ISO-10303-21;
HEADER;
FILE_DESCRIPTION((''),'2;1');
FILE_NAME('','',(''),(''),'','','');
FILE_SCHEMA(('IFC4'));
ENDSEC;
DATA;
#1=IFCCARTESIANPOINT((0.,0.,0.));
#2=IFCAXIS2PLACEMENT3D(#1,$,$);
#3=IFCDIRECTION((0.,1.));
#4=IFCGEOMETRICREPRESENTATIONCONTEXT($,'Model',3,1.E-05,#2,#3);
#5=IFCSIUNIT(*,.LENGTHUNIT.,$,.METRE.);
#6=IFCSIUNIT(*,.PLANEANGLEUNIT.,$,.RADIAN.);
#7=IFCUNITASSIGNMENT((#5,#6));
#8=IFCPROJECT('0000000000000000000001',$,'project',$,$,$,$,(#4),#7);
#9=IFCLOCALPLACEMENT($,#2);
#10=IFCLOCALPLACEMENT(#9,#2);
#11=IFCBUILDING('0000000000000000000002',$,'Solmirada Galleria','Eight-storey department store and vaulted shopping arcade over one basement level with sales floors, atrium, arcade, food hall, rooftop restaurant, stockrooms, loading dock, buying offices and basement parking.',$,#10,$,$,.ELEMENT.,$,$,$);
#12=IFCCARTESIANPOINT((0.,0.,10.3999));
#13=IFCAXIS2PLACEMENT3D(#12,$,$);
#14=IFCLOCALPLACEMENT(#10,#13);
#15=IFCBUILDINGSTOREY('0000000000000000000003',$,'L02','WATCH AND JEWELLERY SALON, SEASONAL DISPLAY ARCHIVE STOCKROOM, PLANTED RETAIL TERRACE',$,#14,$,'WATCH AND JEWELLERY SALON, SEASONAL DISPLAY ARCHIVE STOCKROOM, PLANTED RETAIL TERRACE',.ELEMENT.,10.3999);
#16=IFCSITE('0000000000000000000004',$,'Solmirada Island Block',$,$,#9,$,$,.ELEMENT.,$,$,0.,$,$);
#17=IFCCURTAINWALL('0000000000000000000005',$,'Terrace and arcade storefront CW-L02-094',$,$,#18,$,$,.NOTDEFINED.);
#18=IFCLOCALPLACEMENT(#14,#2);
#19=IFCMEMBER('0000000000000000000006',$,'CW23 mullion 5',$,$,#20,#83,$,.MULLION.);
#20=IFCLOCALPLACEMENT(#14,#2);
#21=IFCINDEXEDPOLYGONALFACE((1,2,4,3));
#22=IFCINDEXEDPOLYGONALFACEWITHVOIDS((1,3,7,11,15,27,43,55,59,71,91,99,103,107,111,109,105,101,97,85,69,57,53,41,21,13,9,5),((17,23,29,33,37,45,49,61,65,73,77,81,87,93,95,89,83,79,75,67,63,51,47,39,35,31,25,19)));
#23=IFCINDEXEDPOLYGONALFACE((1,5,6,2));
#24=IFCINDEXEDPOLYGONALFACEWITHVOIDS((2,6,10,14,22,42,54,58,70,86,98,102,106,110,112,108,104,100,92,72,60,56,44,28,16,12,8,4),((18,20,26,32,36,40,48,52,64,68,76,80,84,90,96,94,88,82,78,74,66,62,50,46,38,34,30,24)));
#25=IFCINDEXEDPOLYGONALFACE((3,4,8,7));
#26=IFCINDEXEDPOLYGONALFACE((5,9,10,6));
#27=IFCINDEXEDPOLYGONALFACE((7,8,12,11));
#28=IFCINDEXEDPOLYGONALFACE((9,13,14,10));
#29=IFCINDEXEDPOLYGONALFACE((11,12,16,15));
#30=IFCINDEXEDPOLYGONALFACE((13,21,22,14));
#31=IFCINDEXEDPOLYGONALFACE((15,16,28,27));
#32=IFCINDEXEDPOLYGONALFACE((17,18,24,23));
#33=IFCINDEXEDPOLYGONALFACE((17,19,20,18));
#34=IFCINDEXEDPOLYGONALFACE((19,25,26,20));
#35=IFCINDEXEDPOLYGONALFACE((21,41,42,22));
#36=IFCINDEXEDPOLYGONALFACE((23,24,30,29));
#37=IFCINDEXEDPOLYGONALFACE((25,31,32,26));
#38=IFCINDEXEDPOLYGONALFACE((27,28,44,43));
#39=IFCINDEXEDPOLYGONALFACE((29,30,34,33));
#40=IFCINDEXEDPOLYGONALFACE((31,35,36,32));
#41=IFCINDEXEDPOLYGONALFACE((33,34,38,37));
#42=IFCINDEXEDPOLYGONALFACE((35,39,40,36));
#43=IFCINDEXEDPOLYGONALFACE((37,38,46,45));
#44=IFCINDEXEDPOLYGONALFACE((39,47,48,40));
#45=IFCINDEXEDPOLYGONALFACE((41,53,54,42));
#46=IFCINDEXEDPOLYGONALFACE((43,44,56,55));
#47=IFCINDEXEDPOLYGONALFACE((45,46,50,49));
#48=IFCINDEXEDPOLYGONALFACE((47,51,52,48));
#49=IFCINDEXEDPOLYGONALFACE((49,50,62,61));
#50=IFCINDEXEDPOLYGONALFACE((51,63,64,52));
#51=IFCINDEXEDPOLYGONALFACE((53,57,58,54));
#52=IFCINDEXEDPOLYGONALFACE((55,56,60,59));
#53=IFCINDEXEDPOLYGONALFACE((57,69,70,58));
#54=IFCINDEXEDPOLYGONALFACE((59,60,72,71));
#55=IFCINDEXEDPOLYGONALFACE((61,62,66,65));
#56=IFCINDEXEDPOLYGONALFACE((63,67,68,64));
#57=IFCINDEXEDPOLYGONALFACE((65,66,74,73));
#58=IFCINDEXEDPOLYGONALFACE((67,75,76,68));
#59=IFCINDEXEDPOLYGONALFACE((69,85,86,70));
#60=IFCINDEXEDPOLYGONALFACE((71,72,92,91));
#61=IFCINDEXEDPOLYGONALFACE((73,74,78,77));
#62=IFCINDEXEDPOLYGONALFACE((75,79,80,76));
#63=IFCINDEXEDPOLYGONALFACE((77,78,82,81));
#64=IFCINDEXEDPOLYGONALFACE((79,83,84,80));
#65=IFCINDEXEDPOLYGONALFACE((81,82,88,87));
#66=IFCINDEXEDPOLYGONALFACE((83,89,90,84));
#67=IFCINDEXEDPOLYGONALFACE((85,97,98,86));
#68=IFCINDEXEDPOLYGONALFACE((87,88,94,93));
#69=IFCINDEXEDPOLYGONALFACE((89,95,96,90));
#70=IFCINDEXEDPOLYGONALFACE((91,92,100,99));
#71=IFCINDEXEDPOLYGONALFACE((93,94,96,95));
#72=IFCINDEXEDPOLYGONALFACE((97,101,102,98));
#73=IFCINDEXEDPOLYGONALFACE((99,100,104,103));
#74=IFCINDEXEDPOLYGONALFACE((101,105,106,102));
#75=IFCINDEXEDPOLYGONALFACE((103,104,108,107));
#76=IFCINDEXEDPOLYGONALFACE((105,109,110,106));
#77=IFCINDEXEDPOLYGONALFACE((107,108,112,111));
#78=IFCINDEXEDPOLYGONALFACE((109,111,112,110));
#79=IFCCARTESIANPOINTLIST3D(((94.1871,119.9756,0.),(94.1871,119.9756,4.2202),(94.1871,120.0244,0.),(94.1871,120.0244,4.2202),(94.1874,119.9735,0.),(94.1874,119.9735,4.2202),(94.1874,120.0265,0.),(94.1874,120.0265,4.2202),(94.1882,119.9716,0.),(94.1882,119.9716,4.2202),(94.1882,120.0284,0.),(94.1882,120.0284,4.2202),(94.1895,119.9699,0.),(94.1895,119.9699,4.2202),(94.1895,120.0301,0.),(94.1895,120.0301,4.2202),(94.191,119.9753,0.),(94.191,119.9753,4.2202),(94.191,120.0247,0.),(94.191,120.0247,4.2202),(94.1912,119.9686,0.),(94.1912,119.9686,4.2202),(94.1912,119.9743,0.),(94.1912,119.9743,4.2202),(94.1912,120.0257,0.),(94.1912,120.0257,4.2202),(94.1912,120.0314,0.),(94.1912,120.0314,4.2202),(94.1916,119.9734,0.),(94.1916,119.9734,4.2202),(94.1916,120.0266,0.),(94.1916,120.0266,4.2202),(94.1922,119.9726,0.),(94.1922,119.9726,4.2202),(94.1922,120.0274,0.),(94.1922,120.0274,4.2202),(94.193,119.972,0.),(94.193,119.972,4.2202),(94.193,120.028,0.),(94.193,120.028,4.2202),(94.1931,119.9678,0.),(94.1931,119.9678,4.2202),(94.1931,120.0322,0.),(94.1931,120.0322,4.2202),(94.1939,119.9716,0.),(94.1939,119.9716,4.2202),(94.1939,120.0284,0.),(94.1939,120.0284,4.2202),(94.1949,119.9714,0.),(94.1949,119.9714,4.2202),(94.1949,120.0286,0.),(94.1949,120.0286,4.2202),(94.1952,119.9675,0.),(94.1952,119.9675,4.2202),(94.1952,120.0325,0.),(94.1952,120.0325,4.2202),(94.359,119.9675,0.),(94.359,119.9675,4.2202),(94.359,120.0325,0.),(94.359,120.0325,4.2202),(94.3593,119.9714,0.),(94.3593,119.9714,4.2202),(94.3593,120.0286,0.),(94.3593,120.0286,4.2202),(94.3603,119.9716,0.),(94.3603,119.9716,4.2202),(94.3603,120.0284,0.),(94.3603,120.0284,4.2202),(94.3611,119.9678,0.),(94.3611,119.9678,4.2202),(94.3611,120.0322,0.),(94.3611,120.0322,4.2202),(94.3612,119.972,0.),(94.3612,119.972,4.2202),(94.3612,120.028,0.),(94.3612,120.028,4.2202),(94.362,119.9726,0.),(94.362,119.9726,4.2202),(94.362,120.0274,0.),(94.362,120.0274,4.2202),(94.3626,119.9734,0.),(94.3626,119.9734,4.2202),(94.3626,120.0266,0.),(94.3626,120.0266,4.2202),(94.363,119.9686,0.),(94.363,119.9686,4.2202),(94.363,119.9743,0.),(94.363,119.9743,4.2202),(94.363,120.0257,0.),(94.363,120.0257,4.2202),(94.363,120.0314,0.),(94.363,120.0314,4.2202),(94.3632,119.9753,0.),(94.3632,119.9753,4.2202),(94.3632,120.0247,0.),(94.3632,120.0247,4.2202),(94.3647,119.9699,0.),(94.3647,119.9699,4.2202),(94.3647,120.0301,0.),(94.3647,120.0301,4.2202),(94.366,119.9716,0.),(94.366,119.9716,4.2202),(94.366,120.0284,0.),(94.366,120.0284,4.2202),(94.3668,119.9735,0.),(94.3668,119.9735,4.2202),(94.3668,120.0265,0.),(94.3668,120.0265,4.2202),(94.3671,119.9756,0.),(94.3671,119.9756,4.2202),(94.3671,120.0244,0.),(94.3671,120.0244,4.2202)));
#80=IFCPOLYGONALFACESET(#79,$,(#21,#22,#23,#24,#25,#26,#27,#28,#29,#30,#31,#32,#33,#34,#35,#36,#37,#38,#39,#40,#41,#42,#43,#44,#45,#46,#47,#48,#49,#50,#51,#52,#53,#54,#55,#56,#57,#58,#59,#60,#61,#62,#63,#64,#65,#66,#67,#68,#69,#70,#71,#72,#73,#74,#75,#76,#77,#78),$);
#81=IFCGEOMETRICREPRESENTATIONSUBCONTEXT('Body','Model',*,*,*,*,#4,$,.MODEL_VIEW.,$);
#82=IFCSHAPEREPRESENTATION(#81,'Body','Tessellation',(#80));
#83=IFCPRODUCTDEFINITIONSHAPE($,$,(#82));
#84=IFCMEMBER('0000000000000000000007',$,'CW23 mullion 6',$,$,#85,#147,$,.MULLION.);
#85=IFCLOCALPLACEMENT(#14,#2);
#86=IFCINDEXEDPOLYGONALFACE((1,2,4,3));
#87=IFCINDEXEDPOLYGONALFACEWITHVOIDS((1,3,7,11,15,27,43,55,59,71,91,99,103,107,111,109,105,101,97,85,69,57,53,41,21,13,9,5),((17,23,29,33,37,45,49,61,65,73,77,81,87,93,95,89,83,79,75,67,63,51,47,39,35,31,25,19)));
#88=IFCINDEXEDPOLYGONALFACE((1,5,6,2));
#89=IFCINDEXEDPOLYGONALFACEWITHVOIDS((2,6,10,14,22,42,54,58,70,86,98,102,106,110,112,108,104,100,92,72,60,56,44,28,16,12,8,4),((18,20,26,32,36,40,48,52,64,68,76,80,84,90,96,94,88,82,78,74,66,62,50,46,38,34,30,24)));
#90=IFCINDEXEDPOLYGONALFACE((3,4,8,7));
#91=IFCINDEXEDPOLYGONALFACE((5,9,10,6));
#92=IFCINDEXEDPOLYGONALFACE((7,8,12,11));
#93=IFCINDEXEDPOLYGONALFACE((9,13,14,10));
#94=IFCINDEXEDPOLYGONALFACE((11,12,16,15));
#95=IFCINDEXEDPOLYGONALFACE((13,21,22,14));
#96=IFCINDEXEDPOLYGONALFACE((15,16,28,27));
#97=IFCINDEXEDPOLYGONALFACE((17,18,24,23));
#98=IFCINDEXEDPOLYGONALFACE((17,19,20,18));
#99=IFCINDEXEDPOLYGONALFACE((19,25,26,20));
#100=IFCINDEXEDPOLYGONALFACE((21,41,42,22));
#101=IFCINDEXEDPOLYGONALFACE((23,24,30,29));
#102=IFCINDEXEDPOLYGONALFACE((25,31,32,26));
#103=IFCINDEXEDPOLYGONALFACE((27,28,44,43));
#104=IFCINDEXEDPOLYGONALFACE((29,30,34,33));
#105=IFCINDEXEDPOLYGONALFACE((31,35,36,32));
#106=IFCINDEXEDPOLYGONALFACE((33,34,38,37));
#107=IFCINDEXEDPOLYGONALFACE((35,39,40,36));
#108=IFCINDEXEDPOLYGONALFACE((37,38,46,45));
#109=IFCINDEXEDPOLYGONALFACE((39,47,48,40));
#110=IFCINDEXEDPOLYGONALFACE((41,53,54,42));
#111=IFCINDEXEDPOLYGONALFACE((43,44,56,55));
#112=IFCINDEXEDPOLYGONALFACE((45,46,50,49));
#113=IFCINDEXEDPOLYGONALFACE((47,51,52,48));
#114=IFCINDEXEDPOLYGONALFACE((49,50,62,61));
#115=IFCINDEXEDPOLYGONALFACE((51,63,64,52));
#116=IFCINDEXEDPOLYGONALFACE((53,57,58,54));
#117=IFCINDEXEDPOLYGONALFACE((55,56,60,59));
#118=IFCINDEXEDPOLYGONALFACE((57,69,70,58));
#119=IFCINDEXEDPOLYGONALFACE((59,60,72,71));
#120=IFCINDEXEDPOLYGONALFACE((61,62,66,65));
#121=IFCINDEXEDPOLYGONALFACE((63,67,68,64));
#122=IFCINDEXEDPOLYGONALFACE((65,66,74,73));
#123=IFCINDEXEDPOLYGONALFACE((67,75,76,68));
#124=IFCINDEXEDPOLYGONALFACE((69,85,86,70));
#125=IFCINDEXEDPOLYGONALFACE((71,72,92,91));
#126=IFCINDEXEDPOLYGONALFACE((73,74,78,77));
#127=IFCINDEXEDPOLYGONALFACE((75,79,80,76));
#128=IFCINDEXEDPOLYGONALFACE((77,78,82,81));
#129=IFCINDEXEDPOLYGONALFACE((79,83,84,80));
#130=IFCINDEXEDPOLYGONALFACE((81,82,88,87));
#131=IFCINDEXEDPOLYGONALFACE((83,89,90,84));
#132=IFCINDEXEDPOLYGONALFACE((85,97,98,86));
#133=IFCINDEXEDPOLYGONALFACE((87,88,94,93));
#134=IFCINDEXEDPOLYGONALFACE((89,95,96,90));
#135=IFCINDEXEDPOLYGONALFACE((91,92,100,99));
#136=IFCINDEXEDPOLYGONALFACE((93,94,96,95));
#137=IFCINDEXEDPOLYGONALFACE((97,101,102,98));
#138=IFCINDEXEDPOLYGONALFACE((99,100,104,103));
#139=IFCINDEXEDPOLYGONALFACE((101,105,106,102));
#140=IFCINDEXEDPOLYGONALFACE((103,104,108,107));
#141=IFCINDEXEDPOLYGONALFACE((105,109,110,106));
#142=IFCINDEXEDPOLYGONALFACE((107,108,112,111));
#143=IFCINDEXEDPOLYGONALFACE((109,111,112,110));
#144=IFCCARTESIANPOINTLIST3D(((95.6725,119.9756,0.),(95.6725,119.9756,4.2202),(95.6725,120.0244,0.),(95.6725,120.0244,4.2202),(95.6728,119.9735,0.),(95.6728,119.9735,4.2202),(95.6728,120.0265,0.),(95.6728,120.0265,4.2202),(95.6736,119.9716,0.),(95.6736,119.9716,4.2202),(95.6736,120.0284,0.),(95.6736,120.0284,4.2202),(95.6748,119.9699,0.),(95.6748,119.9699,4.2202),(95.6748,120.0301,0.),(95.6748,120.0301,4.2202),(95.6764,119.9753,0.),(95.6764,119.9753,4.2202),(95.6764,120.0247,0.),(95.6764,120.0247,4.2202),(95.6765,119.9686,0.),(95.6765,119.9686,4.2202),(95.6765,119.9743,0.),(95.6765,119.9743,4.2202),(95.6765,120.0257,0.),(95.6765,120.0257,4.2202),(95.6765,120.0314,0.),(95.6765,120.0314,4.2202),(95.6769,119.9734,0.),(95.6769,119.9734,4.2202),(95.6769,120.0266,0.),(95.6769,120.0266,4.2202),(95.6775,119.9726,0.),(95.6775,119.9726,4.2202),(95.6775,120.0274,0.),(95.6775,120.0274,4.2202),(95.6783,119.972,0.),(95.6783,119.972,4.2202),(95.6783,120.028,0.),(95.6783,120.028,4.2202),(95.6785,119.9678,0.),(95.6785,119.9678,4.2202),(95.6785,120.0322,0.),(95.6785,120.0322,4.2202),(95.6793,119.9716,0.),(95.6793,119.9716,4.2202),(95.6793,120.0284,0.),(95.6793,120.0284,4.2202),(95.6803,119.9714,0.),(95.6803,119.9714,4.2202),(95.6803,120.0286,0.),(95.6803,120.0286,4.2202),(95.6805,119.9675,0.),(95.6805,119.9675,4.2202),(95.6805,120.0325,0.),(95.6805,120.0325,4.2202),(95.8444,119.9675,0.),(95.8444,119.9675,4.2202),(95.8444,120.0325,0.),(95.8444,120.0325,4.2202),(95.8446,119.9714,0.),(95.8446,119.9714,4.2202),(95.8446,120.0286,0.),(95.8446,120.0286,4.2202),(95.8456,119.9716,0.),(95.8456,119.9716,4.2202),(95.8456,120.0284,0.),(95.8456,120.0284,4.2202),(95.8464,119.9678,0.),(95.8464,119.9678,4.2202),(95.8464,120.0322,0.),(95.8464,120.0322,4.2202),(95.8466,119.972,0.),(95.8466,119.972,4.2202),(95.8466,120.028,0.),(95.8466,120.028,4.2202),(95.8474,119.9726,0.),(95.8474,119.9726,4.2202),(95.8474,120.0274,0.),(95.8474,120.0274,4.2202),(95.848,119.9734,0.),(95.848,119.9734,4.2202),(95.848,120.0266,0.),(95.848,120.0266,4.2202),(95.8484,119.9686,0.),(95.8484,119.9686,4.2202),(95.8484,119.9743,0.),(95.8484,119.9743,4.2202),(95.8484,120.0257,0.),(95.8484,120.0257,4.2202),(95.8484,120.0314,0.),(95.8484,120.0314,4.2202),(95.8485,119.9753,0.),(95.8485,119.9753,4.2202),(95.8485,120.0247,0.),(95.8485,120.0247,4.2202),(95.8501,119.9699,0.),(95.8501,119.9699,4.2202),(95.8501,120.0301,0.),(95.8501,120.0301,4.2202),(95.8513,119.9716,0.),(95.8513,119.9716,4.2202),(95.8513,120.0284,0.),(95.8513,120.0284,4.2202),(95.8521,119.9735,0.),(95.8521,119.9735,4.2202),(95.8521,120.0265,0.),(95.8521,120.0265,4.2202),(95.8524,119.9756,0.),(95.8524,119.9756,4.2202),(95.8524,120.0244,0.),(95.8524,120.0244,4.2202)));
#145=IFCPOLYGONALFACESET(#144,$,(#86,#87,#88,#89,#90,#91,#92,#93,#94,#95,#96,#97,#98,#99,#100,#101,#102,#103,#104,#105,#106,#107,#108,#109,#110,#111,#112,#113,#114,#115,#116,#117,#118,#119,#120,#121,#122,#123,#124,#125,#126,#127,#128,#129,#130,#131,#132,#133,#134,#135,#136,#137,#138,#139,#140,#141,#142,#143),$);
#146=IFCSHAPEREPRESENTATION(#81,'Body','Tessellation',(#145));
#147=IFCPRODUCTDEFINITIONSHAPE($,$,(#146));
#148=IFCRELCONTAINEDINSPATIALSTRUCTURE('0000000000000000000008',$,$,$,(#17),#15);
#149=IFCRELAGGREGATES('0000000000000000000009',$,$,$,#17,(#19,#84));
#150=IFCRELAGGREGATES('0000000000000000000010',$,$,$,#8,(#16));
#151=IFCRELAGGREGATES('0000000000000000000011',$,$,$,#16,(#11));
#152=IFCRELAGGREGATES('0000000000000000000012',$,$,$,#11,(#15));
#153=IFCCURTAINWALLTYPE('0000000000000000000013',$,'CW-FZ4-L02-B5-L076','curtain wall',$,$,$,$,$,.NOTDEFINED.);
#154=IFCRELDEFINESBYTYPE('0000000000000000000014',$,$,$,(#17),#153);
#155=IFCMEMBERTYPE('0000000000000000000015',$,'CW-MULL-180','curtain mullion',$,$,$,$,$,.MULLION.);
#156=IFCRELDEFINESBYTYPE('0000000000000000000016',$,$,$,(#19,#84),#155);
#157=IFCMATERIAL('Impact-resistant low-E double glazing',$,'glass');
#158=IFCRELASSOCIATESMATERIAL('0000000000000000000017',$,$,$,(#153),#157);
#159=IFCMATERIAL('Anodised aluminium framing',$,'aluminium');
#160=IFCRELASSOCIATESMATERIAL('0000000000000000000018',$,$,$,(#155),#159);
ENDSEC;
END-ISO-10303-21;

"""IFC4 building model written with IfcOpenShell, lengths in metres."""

from ifc_helpers import new_model, si_unit, direction, frame, origin, origin_2d, place, context, subcontext, project, spatial, hollow_rectangle, extrude, material, material_profile, profile_set, type_object, element, aggregate, save


model = new_model("IFC4")

# Units and contexts
model_context = context("Model", 3, precision=1e-05, world=origin(), true_north=direction((0.0, 1.0)))
body_context = subcontext(model_context, "Body", "Model", "MODEL_VIEW")
ifc_project = project(units=[si_unit("LENGTHUNIT", "METRE"), si_unit("PLANEANGLEUNIT", "RADIAN")], contexts=[model_context])

# Site, building, storey
site_placement = place(None, origin())
site = spatial("IfcSite", under=ifc_project, at=site_placement, Name="Solmirada Island Block", CompositionType="ELEMENT", RefElevation=0.0)
building_placement = place(site_placement, origin())
building = spatial("IfcBuilding", under=site, at=building_placement, Name="Solmirada Galleria", Description="Eight-storey department store and vaulted shopping arcade over one basement level with sales floors, atrium, arcade, food hall, rooftop restaurant, stockrooms, loading dock, buying offices and basement parking.", CompositionType="ELEMENT")
storey_placement = place(building_placement, frame((0.0, 0.0, 10.3999)))
storey = spatial("IfcBuildingStorey", under=building, at=storey_placement, Name="L02", Description="WATCH AND JEWELLERY SALON, SEASONAL DISPLAY ARCHIVE STOCKROOM, PLANTED RETAIL TERRACE", LongName="WATCH AND JEWELLERY SALON, SEASONAL DISPLAY ARCHIVE STOCKROOM, PLANTED RETAIL TERRACE", CompositionType="ELEMENT", Elevation=10.3999)

# Curtain wall, members
ifc_material_1 = material(Name="Impact-resistant low-E double glazing", Category="glass")
curtain_wall_type = type_object("IfcCurtainWallType", Name="CW-FZ4-L02-B5-L076", Description="curtain wall", PredefinedType="NOTDEFINED", material=ifc_material_1)
curtain_wall_1_placement = place(storey_placement, origin())
curtain_wall_1 = element("IfcCurtainWall", 1, at=curtain_wall_1_placement, inside=storey, type_object=curtain_wall_type, Name="Terrace and arcade storefront CW-L02-094", PredefinedType="NOTDEFINED")
ifc_material_2 = material(Name="Anodised aluminium framing", Category="aluminium")
ifc_material_profile_1 = material_profile(ifc_material_2, hollow_rectangle(XDim=0.0649, YDim=0.1799, WallThickness=0.0039, InnerFilletRadius=0.0039, OuterFilletRadius=0.0081, at=origin_2d()), Name="ALU-MULL-180X65")
ifc_profile_set_1 = profile_set([ifc_material_profile_1], Name="Anodised aluminium framing")
member_type_1 = type_object("IfcMemberType", Name="CW-MULL-180", Description="curtain mullion", PredefinedType="MULLION", material=ifc_profile_set_1)
member_1_placement = place(storey_placement, frame((94.2771, 120.0, 0.0), z_axis=(0.0, 0.0, 1.0), x_axis=(0.0, 1.0, 0.0)))
member_1 = element("IfcMember", 2, at=member_1_placement, type_object=member_type_1, Name="CW23 mullion 5", PredefinedType="MULLION", context=body_context, shape_type="SweptSolid", body=[
    extrude(hollow_rectangle(XDim=0.0649, YDim=0.1799, WallThickness=0.0039, InnerFilletRadius=0.0039, OuterFilletRadius=0.0081, at=origin_2d()), origin(), (0.0, 0.0, 1.0), 4.2202),
])
member_2_placement = place(storey_placement, frame((95.7625, 120.0, 0.0), z_axis=(0.0, 0.0, 1.0), x_axis=(0.0, 1.0, 0.0)))
member_2 = element("IfcMember", 3, at=member_2_placement, type_object=member_type_1, Name="CW23 mullion 6", PredefinedType="MULLION", context=body_context, shape_type="SweptSolid", body=[
    extrude(hollow_rectangle(XDim=0.0649, YDim=0.1799, WallThickness=0.0039, InnerFilletRadius=0.0039, OuterFilletRadius=0.0081, at=origin_2d()), origin(), (0.0, 0.0, 1.0), 4.2202),
])

aggregate(curtain_wall_1, [member_1, member_2])

save(model, "model.ifc")
